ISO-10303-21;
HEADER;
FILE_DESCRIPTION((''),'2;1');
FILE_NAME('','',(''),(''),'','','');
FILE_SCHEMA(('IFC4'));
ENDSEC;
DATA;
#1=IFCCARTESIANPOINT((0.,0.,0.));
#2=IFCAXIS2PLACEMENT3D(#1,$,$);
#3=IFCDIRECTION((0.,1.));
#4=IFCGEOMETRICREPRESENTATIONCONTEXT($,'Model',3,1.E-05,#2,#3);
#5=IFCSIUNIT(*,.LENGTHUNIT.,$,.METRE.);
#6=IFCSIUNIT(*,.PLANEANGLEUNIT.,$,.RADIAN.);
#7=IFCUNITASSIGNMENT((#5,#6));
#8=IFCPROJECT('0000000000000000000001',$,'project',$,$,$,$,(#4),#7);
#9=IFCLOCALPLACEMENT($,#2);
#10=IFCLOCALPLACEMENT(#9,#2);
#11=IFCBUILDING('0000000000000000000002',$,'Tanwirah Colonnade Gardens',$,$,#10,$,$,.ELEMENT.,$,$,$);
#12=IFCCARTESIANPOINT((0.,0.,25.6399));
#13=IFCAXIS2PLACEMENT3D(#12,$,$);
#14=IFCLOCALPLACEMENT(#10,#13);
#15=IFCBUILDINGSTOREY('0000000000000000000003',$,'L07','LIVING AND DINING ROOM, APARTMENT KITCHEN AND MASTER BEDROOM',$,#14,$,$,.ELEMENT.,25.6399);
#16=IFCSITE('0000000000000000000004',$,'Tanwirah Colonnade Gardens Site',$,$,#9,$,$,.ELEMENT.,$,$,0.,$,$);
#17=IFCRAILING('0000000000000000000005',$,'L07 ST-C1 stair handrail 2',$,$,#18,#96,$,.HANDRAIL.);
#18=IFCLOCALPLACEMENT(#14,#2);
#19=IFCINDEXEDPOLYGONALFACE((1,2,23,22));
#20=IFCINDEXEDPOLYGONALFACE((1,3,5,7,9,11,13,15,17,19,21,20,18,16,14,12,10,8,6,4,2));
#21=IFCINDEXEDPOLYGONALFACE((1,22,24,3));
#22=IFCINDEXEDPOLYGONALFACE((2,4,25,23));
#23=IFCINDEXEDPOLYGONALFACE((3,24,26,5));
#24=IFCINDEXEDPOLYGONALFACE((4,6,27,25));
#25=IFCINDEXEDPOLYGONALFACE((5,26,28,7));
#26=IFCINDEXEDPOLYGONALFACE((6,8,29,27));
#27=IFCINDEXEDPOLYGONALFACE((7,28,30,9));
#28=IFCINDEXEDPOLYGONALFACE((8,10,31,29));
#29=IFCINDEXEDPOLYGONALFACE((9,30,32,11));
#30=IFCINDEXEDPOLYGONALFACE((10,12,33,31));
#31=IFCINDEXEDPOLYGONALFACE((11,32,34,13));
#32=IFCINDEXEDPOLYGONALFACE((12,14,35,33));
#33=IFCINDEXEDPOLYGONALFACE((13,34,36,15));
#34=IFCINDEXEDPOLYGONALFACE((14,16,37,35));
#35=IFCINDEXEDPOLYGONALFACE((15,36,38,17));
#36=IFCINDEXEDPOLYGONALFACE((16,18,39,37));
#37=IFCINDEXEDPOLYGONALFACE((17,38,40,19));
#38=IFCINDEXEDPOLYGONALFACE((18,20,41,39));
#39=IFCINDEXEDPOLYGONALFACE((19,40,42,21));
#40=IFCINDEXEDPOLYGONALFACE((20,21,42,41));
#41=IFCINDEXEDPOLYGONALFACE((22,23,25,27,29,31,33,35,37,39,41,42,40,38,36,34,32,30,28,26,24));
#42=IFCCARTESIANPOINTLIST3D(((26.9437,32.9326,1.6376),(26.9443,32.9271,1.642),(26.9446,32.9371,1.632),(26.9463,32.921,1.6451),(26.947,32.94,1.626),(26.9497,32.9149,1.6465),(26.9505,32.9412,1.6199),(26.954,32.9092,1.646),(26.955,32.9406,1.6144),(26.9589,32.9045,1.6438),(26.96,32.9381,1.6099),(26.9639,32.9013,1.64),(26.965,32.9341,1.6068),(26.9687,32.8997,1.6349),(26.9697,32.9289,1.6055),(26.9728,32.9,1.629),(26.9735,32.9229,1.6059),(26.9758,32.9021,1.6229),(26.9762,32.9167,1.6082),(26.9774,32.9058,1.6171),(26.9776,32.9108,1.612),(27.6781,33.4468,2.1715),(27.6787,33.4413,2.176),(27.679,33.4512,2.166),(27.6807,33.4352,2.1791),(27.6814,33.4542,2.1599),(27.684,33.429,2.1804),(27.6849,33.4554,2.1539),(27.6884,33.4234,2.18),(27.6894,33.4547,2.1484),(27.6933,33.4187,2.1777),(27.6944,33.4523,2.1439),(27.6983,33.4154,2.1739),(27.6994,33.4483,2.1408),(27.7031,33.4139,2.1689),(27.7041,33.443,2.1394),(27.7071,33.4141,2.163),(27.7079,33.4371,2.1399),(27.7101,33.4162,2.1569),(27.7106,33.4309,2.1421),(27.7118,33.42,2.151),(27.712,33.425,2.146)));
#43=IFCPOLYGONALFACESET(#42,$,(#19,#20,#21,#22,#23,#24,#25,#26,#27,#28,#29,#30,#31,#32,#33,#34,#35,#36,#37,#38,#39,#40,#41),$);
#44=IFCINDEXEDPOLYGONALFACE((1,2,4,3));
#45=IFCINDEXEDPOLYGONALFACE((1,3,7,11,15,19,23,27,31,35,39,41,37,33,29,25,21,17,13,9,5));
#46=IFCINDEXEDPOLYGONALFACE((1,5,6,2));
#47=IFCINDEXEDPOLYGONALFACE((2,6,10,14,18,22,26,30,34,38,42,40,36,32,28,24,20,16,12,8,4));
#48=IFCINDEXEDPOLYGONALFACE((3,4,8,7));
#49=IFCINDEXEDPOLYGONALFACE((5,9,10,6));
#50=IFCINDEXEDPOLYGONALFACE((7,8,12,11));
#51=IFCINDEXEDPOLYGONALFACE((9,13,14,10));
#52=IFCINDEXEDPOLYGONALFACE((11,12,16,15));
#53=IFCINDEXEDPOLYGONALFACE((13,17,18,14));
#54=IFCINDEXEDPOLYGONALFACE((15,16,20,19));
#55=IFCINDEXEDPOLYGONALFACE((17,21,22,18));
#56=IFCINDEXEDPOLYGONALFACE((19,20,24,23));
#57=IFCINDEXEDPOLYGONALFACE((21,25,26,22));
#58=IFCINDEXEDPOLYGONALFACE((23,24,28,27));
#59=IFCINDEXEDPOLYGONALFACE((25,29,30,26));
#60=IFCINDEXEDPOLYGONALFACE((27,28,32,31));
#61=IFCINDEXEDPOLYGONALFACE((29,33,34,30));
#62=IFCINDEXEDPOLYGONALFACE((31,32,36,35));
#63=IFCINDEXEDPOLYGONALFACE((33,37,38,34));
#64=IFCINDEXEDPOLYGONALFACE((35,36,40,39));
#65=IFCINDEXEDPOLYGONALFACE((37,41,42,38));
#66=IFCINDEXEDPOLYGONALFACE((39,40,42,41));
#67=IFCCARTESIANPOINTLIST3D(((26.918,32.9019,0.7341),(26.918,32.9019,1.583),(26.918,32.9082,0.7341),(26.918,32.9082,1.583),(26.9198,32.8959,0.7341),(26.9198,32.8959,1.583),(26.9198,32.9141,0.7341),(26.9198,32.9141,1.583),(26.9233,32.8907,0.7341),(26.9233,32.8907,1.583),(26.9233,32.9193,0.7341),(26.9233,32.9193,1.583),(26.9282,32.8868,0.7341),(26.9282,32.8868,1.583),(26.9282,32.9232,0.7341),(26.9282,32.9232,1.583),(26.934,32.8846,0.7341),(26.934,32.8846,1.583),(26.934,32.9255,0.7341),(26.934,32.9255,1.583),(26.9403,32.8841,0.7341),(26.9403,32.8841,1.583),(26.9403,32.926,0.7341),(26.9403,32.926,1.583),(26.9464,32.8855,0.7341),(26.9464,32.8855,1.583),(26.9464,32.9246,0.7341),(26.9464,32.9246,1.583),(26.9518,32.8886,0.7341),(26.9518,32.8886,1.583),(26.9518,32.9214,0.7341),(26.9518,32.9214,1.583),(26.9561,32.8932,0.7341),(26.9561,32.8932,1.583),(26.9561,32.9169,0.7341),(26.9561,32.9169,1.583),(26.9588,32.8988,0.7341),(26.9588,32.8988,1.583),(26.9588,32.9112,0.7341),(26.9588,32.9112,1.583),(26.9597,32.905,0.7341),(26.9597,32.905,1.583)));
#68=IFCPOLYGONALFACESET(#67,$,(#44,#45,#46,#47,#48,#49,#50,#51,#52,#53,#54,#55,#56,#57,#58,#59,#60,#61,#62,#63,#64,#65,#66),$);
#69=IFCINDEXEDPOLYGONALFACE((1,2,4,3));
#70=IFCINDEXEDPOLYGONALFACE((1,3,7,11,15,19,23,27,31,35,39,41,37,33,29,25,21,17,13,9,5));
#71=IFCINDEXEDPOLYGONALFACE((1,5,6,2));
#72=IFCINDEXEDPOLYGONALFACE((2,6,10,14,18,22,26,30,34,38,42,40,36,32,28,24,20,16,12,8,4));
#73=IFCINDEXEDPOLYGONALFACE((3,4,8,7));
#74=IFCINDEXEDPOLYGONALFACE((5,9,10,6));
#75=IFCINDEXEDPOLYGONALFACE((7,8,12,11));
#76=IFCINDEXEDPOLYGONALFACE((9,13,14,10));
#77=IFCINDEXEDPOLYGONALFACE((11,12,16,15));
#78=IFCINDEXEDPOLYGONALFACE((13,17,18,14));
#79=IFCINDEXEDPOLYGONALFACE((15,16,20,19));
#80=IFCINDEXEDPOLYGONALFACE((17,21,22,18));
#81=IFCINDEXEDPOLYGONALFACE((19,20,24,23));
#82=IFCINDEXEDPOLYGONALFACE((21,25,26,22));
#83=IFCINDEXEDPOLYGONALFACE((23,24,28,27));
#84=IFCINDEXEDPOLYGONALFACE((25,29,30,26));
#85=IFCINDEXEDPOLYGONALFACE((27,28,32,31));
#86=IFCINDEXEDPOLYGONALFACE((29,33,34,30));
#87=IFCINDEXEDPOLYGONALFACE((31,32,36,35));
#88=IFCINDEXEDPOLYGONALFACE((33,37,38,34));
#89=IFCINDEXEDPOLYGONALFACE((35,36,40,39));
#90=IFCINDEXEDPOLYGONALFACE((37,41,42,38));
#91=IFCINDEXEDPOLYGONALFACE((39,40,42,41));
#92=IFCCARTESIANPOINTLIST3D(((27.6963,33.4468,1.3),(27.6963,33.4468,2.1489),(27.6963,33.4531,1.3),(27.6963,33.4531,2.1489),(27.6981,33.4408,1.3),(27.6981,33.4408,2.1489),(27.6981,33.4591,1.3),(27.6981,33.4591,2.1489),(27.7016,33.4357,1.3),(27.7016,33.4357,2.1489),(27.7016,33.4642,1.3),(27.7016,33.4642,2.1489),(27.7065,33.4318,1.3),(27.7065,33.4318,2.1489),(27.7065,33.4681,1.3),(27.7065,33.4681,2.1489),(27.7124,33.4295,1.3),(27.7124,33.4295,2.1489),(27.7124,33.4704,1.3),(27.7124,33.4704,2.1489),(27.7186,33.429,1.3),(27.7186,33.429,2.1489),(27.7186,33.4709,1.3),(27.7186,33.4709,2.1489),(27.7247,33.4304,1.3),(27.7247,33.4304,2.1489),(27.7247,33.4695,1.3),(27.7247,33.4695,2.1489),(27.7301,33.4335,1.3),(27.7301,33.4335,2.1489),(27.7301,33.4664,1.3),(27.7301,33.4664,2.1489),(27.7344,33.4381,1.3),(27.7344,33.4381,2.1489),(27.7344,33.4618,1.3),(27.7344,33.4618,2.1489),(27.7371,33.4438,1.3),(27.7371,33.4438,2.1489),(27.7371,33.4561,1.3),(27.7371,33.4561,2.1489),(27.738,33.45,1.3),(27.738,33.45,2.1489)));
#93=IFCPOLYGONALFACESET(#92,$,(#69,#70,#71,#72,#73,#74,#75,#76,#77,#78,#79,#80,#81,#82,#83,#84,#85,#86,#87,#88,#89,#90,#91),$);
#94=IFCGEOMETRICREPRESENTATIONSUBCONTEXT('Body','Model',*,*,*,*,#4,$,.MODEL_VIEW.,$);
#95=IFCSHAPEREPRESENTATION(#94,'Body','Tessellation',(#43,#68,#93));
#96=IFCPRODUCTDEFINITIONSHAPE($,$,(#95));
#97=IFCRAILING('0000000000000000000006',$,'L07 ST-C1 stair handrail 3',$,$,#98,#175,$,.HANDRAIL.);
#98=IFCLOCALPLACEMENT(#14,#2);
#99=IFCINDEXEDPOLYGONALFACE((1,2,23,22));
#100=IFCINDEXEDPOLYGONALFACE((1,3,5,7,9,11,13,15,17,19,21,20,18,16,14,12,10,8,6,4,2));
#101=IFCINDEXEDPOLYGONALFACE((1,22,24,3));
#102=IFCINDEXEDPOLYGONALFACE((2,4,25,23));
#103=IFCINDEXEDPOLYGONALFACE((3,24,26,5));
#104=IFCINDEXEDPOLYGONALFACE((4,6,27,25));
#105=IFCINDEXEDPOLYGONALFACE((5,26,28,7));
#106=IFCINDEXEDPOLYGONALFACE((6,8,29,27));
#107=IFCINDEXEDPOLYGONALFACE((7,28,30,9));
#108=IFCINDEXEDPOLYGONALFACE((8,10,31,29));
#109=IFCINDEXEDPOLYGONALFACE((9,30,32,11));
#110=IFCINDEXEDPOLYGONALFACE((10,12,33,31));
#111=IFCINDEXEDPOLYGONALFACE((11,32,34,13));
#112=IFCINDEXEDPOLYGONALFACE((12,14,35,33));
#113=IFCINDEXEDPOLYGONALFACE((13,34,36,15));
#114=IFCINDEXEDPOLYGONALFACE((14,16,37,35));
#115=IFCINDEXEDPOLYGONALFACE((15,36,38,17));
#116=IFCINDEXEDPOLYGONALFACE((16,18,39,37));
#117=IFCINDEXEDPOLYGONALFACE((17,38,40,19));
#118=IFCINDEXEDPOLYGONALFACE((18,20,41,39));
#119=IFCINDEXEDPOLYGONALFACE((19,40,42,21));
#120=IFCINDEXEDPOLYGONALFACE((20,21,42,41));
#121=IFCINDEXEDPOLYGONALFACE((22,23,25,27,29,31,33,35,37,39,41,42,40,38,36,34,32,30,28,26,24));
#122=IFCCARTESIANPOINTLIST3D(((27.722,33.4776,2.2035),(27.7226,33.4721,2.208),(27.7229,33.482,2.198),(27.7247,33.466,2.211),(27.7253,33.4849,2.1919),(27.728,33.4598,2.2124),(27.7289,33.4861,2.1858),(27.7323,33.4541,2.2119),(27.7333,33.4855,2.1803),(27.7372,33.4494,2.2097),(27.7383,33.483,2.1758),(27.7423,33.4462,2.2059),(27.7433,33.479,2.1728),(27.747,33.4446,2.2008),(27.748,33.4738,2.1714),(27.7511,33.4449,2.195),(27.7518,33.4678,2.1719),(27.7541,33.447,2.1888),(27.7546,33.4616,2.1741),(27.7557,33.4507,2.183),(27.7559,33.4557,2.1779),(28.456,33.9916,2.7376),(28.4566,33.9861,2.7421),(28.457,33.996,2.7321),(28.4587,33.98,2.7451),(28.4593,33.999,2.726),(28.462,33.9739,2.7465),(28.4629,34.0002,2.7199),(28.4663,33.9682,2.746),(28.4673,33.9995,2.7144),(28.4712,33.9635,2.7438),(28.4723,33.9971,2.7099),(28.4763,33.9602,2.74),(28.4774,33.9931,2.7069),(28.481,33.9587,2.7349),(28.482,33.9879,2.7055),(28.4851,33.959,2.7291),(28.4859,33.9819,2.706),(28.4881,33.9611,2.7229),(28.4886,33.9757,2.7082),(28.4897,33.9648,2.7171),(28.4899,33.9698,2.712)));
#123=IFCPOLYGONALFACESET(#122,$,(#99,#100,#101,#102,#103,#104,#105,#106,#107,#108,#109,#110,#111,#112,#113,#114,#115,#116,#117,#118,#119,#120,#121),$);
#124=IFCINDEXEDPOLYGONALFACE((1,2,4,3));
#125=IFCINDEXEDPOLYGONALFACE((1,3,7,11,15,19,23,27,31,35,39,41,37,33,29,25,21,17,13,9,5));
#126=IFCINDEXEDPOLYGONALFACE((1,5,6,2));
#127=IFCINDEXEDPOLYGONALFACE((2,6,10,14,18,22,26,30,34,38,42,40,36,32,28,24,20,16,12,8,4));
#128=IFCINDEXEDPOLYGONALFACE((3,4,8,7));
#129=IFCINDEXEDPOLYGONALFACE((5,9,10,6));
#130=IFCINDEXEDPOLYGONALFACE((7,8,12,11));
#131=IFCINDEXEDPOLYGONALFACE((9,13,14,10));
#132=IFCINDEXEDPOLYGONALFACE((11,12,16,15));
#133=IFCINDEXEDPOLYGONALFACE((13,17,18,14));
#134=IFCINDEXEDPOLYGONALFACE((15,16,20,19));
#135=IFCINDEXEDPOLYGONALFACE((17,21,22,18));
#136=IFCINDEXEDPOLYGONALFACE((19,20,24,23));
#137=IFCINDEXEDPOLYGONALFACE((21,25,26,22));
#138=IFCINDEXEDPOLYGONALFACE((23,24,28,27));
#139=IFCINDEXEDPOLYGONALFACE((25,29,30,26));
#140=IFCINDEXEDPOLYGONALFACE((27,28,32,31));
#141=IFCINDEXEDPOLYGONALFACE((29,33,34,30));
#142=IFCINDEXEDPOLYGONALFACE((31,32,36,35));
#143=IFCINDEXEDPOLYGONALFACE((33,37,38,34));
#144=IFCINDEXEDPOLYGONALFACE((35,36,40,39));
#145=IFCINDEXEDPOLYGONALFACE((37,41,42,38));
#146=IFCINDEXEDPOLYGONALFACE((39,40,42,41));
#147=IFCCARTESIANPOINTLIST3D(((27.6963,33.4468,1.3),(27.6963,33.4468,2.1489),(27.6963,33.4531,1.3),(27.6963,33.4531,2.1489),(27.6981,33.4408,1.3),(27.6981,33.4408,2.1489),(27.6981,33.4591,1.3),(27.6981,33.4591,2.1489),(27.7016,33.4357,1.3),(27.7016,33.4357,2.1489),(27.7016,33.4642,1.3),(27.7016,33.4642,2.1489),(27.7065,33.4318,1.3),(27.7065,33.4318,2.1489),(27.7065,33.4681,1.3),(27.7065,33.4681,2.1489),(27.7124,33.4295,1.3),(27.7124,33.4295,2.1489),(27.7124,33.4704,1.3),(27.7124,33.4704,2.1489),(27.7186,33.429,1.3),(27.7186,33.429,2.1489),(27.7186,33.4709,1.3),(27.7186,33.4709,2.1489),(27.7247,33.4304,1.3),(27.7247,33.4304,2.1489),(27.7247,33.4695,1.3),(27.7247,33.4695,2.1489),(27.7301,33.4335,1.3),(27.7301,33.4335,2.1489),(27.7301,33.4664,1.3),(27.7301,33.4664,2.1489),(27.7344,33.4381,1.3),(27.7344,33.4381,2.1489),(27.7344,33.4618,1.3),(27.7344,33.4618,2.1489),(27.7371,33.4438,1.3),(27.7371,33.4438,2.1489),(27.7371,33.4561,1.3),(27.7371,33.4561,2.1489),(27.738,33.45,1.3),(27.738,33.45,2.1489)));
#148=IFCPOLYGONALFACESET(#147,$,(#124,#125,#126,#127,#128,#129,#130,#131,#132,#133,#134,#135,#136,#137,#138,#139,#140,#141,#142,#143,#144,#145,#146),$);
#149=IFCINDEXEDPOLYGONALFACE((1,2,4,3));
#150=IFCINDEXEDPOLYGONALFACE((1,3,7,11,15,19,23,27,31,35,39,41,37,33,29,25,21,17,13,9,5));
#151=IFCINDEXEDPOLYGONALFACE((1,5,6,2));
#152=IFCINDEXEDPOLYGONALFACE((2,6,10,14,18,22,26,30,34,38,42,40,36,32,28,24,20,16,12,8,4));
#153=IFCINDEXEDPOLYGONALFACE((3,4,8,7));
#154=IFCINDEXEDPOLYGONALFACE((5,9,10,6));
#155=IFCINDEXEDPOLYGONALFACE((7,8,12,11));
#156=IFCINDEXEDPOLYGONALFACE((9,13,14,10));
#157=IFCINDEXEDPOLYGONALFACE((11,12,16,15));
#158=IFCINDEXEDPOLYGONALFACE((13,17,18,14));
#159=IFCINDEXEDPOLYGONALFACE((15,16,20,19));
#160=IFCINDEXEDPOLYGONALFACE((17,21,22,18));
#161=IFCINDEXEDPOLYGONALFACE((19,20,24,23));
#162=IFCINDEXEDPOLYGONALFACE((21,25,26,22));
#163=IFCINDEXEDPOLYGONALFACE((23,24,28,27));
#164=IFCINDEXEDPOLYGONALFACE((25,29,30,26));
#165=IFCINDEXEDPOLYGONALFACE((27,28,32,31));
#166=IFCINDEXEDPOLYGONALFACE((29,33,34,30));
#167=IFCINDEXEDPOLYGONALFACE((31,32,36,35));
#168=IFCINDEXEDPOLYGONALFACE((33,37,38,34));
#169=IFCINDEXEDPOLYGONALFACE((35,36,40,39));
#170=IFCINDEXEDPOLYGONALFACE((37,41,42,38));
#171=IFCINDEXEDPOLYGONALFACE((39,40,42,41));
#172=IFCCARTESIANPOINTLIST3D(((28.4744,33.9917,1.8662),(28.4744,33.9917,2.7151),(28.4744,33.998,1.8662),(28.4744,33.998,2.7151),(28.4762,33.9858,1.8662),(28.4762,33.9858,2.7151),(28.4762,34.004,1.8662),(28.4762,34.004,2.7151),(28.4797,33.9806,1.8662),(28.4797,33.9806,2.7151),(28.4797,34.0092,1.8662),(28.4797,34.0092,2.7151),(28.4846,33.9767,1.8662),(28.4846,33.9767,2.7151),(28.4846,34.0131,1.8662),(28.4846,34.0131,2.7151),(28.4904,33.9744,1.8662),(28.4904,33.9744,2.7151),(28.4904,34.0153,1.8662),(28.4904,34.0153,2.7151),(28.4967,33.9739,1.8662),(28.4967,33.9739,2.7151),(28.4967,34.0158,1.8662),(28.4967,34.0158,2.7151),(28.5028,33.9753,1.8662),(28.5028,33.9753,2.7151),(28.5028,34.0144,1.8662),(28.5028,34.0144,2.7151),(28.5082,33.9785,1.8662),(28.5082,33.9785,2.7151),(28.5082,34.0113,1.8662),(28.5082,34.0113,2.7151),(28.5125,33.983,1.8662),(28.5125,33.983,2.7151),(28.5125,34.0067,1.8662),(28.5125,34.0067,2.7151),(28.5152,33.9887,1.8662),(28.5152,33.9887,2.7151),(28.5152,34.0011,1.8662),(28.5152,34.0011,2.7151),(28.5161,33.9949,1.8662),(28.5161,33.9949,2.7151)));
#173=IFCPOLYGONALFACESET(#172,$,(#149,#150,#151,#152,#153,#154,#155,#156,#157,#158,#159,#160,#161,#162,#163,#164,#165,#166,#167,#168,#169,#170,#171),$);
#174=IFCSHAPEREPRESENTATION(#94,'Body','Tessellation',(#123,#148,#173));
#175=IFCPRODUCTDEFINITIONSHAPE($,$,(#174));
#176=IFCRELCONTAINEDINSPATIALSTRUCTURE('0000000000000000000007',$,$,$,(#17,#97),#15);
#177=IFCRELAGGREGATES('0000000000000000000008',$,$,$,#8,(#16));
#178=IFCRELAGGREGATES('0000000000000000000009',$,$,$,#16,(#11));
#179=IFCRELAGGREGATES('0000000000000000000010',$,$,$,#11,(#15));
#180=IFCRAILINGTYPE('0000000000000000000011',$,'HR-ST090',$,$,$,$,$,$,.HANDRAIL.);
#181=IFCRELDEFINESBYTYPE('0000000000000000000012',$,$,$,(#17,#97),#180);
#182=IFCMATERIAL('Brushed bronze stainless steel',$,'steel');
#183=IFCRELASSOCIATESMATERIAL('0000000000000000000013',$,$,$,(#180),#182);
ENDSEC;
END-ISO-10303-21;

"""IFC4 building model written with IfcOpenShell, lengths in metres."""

from ifc_helpers import new_model, si_unit, direction, frame, origin, origin_2d, place, context, subcontext, project, spatial, circle, extrude, material, type_object, element, save


model = new_model("IFC4")

# Units and contexts
model_context = context("Model", 3, precision=1e-05, world=origin(), true_north=direction((0.0, 1.0)))
body_context = subcontext(model_context, "Body", "Model", "MODEL_VIEW")
ifc_project = project(units=[si_unit("LENGTHUNIT", "METRE"), si_unit("PLANEANGLEUNIT", "RADIAN")], contexts=[model_context])

# Site, building, storey
site_placement = place(None, origin())
site = spatial("IfcSite", under=ifc_project, at=site_placement, Name="Tanwirah Colonnade Gardens Site", CompositionType="ELEMENT", RefElevation=0.0)
building_placement = place(site_placement, origin())
building = spatial("IfcBuilding", under=site, at=building_placement, Name="Tanwirah Colonnade Gardens", CompositionType="ELEMENT")
storey_placement = place(building_placement, frame((0.0, 0.0, 25.6399)))
storey = spatial("IfcBuildingStorey", under=building, at=storey_placement, Name="L07", Description="LIVING AND DINING ROOM, APARTMENT KITCHEN AND MASTER BEDROOM", CompositionType="ELEMENT", Elevation=25.6399)

# Railings
ifc_material_1 = material(Name="Brushed bronze stainless steel", Category="steel")
railing_type_1 = type_object("IfcRailingType", Name="HR-ST090", PredefinedType="HANDRAIL", material=ifc_material_1)
railing_1_placement = place(storey_placement, frame((26.9387, 32.905, 0.7341)))
element("IfcRailing", 1, at=railing_1_placement, inside=storey, type_object=railing_type_1, Name="L07 ST-C1 stair handrail 2", PredefinedType="HANDRAIL", context=body_context, shape_type="SweptSolid", body=[
    extrude(circle(Radius=0.0239, at=origin_2d()), frame((0.022, 0.0154, 0.8918), z_axis=(0.703797, 0.492747, 0.511732), x_axis=(-0.573531, 0.819184, 0.0)), (0.0, 0.0, 1.0), 1.0435),
    extrude(circle(Radius=0.021, at=origin_2d()), origin(), (0.0, 0.0, 1.0), 0.8489),
    extrude(circle(Radius=0.021, at=origin_2d()), frame((0.7783, 0.5449, 0.5659)), (0.0, 0.0, 1.0), 0.8489),
])
railing_2_placement = place(storey_placement, frame((27.717, 33.45, 1.3)))
element("IfcRailing", 2, at=railing_2_placement, inside=storey, type_object=railing_type_1, Name="L07 ST-C1 stair handrail 3", PredefinedType="HANDRAIL", context=body_context, shape_type="SweptSolid", body=[
    extrude(circle(Radius=0.0239, at=origin_2d()), frame((0.022, 0.0154, 0.8918), z_axis=(0.703607, 0.492767, 0.511975), x_axis=(-0.573652, 0.819099, 0.0)), (0.0, 0.0, 1.0), 1.0432),
    extrude(circle(Radius=0.021, at=origin_2d()), origin(), (0.0, 0.0, 1.0), 0.8489),
    extrude(circle(Radius=0.021, at=origin_2d()), frame((0.7781, 0.5449, 0.5662)), (0.0, 0.0, 1.0), 0.8489),
])

save(model, "model.ifc")
